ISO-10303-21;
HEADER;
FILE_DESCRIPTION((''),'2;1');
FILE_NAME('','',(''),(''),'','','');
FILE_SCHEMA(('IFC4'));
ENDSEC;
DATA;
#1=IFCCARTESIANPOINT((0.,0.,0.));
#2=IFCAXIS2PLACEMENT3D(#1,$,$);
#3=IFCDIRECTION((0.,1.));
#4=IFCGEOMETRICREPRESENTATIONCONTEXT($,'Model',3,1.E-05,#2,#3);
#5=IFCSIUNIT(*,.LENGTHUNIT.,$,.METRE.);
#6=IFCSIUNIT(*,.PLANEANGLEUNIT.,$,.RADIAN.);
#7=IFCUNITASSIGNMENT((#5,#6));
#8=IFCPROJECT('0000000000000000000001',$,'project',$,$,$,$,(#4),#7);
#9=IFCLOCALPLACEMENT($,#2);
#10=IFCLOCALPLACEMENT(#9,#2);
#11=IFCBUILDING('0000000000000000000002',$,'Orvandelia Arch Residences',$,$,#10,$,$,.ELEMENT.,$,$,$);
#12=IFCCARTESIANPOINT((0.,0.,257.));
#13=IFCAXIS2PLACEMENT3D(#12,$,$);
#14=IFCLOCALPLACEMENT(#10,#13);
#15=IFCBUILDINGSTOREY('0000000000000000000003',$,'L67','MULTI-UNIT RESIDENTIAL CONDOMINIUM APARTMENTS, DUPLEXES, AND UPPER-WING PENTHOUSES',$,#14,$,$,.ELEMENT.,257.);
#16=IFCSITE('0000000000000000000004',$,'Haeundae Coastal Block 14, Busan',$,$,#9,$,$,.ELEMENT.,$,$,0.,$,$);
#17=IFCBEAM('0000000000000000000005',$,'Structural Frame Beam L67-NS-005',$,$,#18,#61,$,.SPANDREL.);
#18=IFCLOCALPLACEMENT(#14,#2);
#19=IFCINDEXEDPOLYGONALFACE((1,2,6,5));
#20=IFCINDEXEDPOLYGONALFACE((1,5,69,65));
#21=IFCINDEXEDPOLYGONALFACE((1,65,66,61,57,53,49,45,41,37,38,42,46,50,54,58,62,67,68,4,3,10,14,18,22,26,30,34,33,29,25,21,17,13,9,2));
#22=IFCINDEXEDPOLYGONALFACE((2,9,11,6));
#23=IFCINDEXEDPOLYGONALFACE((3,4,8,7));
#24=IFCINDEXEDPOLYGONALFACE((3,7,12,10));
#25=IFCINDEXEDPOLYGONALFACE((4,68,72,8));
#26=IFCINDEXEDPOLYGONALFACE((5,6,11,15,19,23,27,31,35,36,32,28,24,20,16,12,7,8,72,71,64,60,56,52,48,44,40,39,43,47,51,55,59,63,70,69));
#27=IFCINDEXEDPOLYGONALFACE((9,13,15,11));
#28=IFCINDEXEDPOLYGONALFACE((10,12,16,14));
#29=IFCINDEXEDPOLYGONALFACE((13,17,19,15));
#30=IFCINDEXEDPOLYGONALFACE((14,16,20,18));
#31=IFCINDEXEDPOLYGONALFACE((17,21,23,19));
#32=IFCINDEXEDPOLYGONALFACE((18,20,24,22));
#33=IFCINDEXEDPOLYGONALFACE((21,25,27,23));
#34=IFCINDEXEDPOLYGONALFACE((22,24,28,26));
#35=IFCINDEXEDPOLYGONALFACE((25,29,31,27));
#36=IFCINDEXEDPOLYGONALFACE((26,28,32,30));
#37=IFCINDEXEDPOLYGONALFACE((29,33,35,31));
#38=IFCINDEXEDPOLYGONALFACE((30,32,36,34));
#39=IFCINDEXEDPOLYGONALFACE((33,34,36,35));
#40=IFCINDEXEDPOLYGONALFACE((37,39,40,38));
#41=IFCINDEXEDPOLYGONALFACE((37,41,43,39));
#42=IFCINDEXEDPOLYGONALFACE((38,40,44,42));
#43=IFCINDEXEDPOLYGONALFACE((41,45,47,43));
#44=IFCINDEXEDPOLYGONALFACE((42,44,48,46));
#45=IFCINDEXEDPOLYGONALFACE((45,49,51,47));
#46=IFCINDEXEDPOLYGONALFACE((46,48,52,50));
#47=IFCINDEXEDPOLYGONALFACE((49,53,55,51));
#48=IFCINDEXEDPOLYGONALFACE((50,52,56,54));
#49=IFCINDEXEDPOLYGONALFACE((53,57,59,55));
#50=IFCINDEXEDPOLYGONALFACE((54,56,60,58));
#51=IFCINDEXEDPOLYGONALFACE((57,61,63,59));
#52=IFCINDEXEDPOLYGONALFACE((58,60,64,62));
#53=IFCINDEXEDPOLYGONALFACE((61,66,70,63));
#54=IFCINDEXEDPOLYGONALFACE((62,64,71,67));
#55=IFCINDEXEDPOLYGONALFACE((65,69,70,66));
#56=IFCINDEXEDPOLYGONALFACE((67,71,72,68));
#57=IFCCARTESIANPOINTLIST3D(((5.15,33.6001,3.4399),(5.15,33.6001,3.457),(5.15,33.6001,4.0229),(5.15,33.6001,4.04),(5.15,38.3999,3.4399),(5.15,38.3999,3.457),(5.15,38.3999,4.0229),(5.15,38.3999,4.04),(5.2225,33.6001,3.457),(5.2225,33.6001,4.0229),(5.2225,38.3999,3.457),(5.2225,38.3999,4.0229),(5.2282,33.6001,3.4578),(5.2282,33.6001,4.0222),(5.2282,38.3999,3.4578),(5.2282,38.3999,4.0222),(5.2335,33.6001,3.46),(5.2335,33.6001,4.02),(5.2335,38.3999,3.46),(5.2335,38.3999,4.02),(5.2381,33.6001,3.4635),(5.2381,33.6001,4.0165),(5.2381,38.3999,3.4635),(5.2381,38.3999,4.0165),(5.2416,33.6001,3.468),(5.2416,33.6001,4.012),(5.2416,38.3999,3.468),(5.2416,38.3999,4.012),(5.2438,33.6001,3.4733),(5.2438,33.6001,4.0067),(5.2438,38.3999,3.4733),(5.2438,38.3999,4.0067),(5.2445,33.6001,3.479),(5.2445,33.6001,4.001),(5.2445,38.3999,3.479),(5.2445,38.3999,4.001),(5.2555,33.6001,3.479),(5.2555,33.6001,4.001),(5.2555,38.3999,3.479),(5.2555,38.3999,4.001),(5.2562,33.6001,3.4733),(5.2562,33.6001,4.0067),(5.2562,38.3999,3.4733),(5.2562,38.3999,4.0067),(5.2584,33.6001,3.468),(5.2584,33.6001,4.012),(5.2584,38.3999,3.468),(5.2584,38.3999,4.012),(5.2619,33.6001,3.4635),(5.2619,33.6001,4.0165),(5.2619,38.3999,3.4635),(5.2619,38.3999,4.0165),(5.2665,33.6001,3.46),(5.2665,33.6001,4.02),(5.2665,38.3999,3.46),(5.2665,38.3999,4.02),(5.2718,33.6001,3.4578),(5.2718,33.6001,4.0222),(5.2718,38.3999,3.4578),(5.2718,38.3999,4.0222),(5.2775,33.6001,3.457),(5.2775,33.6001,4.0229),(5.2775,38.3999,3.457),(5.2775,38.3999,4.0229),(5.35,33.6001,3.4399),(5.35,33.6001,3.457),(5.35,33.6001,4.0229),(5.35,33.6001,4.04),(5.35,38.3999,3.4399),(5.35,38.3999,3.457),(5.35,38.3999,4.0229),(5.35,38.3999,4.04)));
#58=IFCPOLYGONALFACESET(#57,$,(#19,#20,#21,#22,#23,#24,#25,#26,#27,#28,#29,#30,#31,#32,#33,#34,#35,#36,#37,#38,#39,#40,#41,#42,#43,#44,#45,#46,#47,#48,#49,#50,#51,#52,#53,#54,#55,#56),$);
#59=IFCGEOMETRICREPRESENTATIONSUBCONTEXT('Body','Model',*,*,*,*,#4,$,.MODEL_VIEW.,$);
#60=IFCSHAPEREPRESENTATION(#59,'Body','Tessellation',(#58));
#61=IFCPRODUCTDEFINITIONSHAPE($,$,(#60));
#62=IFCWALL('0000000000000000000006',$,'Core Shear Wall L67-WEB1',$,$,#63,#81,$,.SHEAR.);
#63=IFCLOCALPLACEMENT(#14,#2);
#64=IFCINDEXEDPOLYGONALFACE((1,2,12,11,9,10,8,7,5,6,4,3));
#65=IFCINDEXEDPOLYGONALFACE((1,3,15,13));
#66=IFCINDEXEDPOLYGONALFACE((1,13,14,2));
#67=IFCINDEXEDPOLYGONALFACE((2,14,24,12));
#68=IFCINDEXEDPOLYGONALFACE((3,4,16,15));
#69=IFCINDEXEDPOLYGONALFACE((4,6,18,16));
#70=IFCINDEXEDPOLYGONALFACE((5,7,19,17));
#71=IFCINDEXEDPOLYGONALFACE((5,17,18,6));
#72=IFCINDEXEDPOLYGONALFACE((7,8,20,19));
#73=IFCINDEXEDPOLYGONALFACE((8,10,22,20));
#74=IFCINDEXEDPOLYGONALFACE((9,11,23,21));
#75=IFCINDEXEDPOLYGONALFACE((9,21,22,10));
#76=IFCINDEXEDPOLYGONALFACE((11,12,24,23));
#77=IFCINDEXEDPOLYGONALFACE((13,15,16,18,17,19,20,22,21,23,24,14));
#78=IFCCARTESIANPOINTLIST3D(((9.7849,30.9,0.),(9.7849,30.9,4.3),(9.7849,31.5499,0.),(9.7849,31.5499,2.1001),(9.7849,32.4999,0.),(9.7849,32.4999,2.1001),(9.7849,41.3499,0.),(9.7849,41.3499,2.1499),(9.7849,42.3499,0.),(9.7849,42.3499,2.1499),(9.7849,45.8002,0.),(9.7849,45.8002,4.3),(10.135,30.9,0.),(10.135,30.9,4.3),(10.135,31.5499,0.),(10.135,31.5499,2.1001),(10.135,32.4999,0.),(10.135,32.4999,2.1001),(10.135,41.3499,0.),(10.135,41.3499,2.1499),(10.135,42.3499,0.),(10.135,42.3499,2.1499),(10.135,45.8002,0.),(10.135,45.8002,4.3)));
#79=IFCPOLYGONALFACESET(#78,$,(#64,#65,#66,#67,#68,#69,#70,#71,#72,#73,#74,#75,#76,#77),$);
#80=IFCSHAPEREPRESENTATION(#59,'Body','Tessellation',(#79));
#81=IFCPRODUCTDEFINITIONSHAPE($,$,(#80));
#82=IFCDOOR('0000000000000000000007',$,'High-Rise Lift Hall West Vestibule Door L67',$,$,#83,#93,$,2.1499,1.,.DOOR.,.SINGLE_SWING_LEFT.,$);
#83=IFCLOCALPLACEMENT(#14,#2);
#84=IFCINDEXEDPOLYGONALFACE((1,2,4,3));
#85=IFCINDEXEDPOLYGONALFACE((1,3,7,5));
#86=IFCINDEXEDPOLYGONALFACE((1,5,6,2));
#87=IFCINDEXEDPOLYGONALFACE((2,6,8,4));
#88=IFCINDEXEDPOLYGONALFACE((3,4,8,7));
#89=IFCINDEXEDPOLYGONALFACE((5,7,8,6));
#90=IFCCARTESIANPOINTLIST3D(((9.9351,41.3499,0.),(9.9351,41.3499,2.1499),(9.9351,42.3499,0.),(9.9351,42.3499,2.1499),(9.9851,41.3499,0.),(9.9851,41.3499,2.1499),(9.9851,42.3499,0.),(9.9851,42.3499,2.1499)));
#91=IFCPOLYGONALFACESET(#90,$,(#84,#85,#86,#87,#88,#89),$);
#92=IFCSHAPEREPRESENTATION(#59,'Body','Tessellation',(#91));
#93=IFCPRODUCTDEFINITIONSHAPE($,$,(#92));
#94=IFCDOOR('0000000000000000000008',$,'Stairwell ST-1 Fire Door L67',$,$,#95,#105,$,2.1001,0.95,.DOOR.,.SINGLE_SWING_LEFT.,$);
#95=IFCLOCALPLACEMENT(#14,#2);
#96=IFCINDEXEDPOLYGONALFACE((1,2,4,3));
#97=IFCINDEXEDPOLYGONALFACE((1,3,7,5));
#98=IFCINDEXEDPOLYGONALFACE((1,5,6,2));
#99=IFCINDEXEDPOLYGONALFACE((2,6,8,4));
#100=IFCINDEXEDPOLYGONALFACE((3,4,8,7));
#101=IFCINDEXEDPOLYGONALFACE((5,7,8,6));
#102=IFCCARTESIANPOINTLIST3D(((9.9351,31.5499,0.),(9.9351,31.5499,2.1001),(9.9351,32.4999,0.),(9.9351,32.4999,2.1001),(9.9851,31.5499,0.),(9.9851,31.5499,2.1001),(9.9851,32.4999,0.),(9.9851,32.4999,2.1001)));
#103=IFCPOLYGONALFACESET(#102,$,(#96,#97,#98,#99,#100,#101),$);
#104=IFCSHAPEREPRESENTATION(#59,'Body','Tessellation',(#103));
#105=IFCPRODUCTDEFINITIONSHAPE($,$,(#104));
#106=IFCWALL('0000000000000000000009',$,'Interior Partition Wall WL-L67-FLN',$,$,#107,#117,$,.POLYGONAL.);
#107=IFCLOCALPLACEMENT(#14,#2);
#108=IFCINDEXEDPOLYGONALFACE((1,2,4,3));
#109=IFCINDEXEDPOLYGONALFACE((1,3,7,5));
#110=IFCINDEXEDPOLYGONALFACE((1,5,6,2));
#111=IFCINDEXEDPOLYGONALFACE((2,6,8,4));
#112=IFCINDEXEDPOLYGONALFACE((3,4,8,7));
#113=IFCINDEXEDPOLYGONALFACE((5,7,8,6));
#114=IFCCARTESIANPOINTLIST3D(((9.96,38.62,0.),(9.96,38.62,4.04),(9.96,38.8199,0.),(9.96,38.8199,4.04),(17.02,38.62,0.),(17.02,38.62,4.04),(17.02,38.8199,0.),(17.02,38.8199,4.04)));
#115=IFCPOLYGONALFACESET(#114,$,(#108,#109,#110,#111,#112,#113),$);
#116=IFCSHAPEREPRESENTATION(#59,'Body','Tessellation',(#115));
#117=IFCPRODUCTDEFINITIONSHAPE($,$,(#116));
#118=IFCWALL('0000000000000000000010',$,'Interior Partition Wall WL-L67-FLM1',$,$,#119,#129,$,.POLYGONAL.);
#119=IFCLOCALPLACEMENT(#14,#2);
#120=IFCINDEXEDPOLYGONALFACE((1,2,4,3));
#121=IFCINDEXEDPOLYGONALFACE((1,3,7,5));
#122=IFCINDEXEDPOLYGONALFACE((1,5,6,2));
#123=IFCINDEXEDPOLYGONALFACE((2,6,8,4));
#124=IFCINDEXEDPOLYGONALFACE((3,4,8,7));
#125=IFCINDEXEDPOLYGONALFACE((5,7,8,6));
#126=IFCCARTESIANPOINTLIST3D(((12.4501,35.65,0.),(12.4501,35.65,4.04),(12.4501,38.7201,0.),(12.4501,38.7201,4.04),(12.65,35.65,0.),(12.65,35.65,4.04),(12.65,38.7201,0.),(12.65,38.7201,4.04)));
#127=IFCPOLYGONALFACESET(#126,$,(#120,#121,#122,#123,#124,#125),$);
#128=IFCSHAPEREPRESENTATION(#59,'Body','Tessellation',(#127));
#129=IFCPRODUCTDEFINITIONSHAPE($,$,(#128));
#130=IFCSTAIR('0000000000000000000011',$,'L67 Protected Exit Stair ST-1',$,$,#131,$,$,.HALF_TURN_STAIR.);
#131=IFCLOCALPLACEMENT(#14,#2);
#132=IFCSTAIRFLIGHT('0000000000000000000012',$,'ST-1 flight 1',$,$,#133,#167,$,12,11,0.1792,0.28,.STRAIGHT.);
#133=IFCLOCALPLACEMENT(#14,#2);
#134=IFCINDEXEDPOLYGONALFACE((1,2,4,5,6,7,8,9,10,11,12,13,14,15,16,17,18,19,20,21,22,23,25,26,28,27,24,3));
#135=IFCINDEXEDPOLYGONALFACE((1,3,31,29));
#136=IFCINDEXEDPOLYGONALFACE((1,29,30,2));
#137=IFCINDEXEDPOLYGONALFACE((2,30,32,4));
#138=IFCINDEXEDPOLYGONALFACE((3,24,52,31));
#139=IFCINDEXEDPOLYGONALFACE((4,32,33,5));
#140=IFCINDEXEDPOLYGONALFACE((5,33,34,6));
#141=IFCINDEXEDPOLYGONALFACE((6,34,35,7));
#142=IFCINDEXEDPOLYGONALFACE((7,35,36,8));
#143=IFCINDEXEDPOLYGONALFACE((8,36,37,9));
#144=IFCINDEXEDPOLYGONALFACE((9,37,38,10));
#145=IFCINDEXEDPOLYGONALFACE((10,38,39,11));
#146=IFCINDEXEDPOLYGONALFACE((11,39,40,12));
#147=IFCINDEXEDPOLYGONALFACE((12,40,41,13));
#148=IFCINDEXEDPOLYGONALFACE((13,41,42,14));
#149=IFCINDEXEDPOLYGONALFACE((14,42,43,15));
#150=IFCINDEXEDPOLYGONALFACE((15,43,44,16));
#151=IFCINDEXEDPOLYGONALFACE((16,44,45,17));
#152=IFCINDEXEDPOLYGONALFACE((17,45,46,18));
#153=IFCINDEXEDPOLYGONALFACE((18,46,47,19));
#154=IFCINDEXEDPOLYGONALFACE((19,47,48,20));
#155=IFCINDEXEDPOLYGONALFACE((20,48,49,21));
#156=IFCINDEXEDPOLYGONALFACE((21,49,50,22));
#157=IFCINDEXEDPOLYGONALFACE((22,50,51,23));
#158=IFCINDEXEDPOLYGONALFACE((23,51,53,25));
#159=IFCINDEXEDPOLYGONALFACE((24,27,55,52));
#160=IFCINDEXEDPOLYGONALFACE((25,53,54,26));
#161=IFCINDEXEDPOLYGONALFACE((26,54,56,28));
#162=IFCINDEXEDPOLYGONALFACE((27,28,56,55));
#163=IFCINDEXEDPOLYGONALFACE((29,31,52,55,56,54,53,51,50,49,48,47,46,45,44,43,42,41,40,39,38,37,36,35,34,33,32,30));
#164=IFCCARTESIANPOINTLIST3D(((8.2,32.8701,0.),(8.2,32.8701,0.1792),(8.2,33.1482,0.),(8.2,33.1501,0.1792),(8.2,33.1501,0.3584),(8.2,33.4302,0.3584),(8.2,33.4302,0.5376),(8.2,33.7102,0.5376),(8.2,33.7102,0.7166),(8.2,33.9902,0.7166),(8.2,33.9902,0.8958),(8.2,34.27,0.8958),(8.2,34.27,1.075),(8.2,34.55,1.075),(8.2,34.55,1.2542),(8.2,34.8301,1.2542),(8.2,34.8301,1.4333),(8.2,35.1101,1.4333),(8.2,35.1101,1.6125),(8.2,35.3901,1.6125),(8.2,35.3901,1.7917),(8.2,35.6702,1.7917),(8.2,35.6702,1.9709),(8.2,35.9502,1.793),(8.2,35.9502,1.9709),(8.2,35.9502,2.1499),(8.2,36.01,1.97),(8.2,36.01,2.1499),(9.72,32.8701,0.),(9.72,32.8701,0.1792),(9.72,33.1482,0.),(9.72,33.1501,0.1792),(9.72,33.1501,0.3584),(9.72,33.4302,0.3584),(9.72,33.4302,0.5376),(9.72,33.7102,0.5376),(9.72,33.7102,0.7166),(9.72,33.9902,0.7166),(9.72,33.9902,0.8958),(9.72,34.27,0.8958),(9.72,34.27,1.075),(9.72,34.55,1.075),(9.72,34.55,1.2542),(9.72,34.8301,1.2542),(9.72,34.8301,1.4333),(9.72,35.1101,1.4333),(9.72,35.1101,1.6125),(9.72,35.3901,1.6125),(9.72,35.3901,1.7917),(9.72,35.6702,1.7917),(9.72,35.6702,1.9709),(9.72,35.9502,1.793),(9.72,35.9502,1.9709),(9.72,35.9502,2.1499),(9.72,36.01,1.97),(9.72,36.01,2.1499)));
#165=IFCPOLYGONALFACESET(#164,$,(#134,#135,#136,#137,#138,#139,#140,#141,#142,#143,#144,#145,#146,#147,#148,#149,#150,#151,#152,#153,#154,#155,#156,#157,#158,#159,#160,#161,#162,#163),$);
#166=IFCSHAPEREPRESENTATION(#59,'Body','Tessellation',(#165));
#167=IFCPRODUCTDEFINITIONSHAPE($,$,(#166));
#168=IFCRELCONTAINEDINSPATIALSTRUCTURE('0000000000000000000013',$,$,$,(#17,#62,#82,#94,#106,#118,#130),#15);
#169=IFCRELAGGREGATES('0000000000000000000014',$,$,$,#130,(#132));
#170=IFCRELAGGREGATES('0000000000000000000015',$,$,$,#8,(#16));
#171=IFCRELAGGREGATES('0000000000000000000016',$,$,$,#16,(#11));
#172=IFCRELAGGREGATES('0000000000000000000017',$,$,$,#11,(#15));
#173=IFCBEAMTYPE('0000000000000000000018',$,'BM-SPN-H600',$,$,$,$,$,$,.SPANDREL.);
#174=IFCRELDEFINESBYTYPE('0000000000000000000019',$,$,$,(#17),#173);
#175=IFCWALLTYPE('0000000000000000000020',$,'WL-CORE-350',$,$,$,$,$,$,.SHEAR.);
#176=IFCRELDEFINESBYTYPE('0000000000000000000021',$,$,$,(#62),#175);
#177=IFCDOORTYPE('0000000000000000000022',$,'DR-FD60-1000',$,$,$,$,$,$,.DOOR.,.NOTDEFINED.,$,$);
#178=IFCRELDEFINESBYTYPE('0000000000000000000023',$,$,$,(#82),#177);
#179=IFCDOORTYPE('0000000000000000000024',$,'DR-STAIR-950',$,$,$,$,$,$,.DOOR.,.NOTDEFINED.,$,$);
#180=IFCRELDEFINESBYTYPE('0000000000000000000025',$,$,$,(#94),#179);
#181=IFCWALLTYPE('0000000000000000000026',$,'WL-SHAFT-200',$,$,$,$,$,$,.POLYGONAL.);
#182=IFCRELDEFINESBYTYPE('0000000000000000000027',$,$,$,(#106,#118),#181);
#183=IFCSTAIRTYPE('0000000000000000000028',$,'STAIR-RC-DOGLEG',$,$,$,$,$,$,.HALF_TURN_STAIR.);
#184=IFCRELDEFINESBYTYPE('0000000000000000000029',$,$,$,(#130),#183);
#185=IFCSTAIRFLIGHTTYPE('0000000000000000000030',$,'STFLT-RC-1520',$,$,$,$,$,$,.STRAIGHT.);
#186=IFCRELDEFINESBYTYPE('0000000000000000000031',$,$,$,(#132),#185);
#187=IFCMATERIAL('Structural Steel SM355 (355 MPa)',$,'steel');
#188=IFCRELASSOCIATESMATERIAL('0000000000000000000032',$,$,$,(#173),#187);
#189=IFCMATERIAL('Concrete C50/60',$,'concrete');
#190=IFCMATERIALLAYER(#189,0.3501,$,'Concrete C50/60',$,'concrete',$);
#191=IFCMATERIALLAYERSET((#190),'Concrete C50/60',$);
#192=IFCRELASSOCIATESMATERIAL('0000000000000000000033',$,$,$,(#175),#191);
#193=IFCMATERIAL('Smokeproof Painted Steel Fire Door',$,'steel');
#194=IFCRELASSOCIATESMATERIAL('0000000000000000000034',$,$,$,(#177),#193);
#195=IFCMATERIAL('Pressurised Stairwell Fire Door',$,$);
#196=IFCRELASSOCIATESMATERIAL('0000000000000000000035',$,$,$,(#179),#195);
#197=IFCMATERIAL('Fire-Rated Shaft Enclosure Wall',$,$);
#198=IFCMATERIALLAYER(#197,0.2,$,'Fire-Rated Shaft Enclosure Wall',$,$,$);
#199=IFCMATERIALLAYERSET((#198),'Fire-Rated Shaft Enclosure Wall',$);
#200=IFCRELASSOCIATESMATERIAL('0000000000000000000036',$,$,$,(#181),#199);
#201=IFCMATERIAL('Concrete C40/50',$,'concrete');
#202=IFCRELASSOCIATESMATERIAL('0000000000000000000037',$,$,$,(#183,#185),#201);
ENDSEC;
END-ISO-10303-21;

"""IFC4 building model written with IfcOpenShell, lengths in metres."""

from ifc_helpers import new_model, si_unit, direction, frame, frame_2d, origin, origin_2d, place, context, subcontext, project, spatial, polyline, rectangle, i_section, outline, extrude, material, layer, layer_set, material_profile, profile_set, type_object, element, fill, aggregate, save


model = new_model("IFC4")

# Units and contexts
model_context = context("Model", 3, precision=1e-05, world=origin(), true_north=direction((0.0, 1.0)))
body_context = subcontext(model_context, "Body", "Model", "MODEL_VIEW")
ifc_project = project(units=[si_unit("LENGTHUNIT", "METRE"), si_unit("PLANEANGLEUNIT", "RADIAN")], contexts=[model_context])

# Site, building, storey
site_placement = place(None, origin())
site = spatial("IfcSite", under=ifc_project, at=site_placement, Name="Haeundae Coastal Block 14, Busan", CompositionType="ELEMENT", RefElevation=0.0)
building_placement = place(site_placement, origin())
building = spatial("IfcBuilding", under=site, at=building_placement, Name="Orvandelia Arch Residences", CompositionType="ELEMENT")
storey_placement = place(building_placement, frame((0.0, 0.0, 257.0)))
storey = spatial("IfcBuildingStorey", under=building, at=storey_placement, Name="L67", Description="MULTI-UNIT RESIDENTIAL CONDOMINIUM APARTMENTS, DUPLEXES, AND UPPER-WING PENTHOUSES", CompositionType="ELEMENT", Elevation=257.0)

# Shared definitions
ifc_material_1 = material(Name="Concrete C50/60", Category="concrete")

# Beam
ifc_material_2 = material(Name="Structural Steel SM355 (355 MPa)", Category="steel")
ifc_material_profile_1 = material_profile(ifc_material_2, i_section(OverallWidth=0.2, OverallDepth=0.6001, WebThickness=0.011, FlangeThickness=0.0171, FilletRadius=0.022, at=origin_2d()), Name="Structural Steel SM355 (355 MPa)", Category="steel")
ifc_profile_set_1 = profile_set([ifc_material_profile_1], Name="Structural Steel SM355 (355 MPa)")
beam_type_1 = type_object("IfcBeamType", Name="BM-SPN-H600", PredefinedType="SPANDREL", material=ifc_profile_set_1)
beam_1_placement = place(storey_placement, frame((5.25, 33.6001, 3.74), z_axis=(0.0, 1.0, 0.0), x_axis=(-1.0, 0.0, 0.0)))
element("IfcBeam", 1, at=beam_1_placement, inside=storey, type_object=beam_type_1, Name="Structural Frame Beam L67-NS-005", PredefinedType="SPANDREL", context=body_context, shape_type="SweptSolid", body=[
    extrude(i_section(OverallWidth=0.2, OverallDepth=0.6001, WebThickness=0.011, FlangeThickness=0.0171, FilletRadius=0.022, at=origin_2d()), origin(), (0.0, 0.0, 1.0), 4.7998),
])

# Wall, openings, doors
ifc_layer_1 = layer(ifc_material_1, 0.3501, Name="Concrete C50/60", Category="concrete")
ifc_layer_set_1 = layer_set([ifc_layer_1], Name="Concrete C50/60")
wall_type_1 = type_object("IfcWallType", Name="WL-CORE-350", PredefinedType="SHEAR", material=ifc_layer_set_1)
wall_1_placement = place(storey_placement, frame((9.96, 30.8999, 0.0), z_axis=(0.0, 0.0, 1.0), x_axis=(0.0, 1.0, 0.0)))
wall_1 = element("IfcWall", 2, at=wall_1_placement, inside=storey, type_object=wall_type_1, Name="Core Shear Wall L67-WEB1", PredefinedType="SHEAR", context=body_context, shape_type="SweptSolid", body=[
    extrude(rectangle(XDim=14.9001, YDim=0.3501, at=frame_2d((7.4502, 0.0))), origin(), (0.0, 0.0, 1.0), 4.3),
])
opening_1_placement = place(wall_1_placement, frame((0.6499, 0.0, 0.0)))
opening_1 = element("IfcOpeningElement", 3, at=opening_1_placement, cuts=wall_1, PredefinedType="OPENING", context=body_context, shape_type="SweptSolid", body=[
    extrude(rectangle(XDim=0.95, YDim=2.1001, at=frame_2d((0.4751, 1.05))), frame((0.0, 0.1851, 0.0), z_axis=(0.0, -1.0, 0.0), x_axis=(1.0, 0.0, 0.0)), (0.0, 0.0, 1.0), 0.3701),
])
opening_2_placement = place(wall_1_placement, frame((10.45, 0.0, 0.0)))
opening_2 = element("IfcOpeningElement", 4, at=opening_2_placement, cuts=wall_1, PredefinedType="OPENING", context=body_context, shape_type="SweptSolid", body=[
    extrude(rectangle(XDim=1.0, YDim=2.1499, at=frame_2d((0.5, 1.075))), frame((0.0, 0.1851, 0.0), z_axis=(0.0, -1.0, 0.0), x_axis=(1.0, 0.0, 0.0)), (0.0, 0.0, 1.0), 0.3701),
])
ifc_material_3 = material(Name="Smokeproof Painted Steel Fire Door", Category="steel")
door_type_1 = type_object("IfcDoorType", Name="DR-FD60-1000", OperationType="NOTDEFINED", PredefinedType="DOOR", material=ifc_material_3)
door_1_placement = place(opening_2_placement, origin())
door_1 = element("IfcDoor", 5, at=door_1_placement, inside=storey, type_object=door_type_1, Name="High-Rise Lift Hall West Vestibule Door L67", OperationType="SINGLE_SWING_LEFT", OverallHeight=2.1499, OverallWidth=1.0, PredefinedType="DOOR", context=body_context, shape_type="SweptSolid", body=[
    extrude(rectangle(XDim=1.0, YDim=2.1499, at=frame_2d((0.5, 1.075))), frame((0.0, 0.0249, 0.0), z_axis=(0.0, -1.0, 0.0), x_axis=(1.0, 0.0, 0.0)), (0.0, 0.0, 1.0), 0.05),
])
fill(opening_2, door_1)
ifc_material_4 = material(Name="Pressurised Stairwell Fire Door")
door_type_2 = type_object("IfcDoorType", Name="DR-STAIR-950", OperationType="NOTDEFINED", PredefinedType="DOOR", material=ifc_material_4)
door_2_placement = place(opening_1_placement, origin())
door_2 = element("IfcDoor", 6, at=door_2_placement, inside=storey, type_object=door_type_2, Name="Stairwell ST-1 Fire Door L67", OperationType="SINGLE_SWING_LEFT", OverallHeight=2.1001, OverallWidth=0.95, PredefinedType="DOOR", context=body_context, shape_type="SweptSolid", body=[
    extrude(rectangle(XDim=0.95, YDim=2.1001, at=frame_2d((0.4751, 1.05))), frame((0.0, 0.0249, 0.0), z_axis=(0.0, -1.0, 0.0), x_axis=(1.0, 0.0, 0.0)), (0.0, 0.0, 1.0), 0.05),
])
fill(opening_1, door_2)

# Walls
ifc_material_5 = material(Name="Fire-Rated Shaft Enclosure Wall")
ifc_layer_2 = layer(ifc_material_5, 0.2, Name="Fire-Rated Shaft Enclosure Wall")
ifc_layer_set_2 = layer_set([ifc_layer_2], Name="Fire-Rated Shaft Enclosure Wall")
wall_type_2 = type_object("IfcWallType", Name="WL-SHAFT-200", PredefinedType="POLYGONAL", material=ifc_layer_set_2)
wall_2_placement = place(storey_placement, frame((9.96, 38.72, 0.0), z_axis=(0.0, 0.0, 1.0), x_axis=(1.0, 0.0, 0.0)))
element("IfcWall", 7, at=wall_2_placement, inside=storey, type_object=wall_type_2, Name="Interior Partition Wall WL-L67-FLN", PredefinedType="POLYGONAL", context=body_context, shape_type="SweptSolid", body=[
    extrude(rectangle(XDim=7.0601, YDim=0.2, at=frame_2d((3.53, 0.0))), origin(), (0.0, 0.0, 1.0), 4.04),
])
wall_3_placement = place(storey_placement, frame((12.55, 35.6499, 0.0), z_axis=(0.0, 0.0, 1.0), x_axis=(0.0, 1.0, 0.0)))
element("IfcWall", 8, at=wall_3_placement, inside=storey, type_object=wall_type_2, Name="Interior Partition Wall WL-L67-FLM1", PredefinedType="POLYGONAL", context=body_context, shape_type="SweptSolid", body=[
    extrude(rectangle(XDim=3.0701, YDim=0.2, at=frame_2d((1.5352, 0.0))), origin(), (0.0, 0.0, 1.0), 4.04),
])

# Stair, stair flight
ifc_material_6 = material(Name="Concrete C40/50", Category="concrete")
stair_type = type_object("IfcStairType", Name="STAIR-RC-DOGLEG", PredefinedType="HALF_TURN_STAIR", material=ifc_material_6)
stair_placement = place(storey_placement, origin())
stair = element("IfcStair", 9, at=stair_placement, inside=storey, type_object=stair_type, Name="L67 Protected Exit Stair ST-1", PredefinedType="HALF_TURN_STAIR")
stair_flight_type = type_object("IfcStairFlightType", Name="STFLT-RC-1520", PredefinedType="STRAIGHT", material=ifc_material_6)
stair_flight_1_placement = place(storey_placement, frame((8.96, 32.8701, 0.0), z_axis=(0.0, 0.0, 1.0), x_axis=(0.0, 1.0, 0.0)))
stair_flight_1 = element("IfcStairFlight", 10, at=stair_flight_1_placement, type_object=stair_flight_type, Name="ST-1 flight 1", NumberOfRisers=12, NumberOfTreads=11, PredefinedType="STRAIGHT", RiserHeight=0.1792, TreadLength=0.28, context=body_context, shape_type="SweptSolid", body=[
    extrude(outline(polyline([(0.0, 0.0), (0.0, 0.1792), (0.28, 0.1792), (0.28, 0.3584), (0.5601, 0.3584), (0.5601, 0.5376), (0.8401, 0.5376), (0.8401, 0.7166), (1.1201, 0.7166), (1.1201, 0.8958), (1.3999, 0.8958), (1.3999, 1.075), (1.6799, 1.075), (1.6799, 1.2542), (1.96, 1.2542), (1.96, 1.4333), (2.24, 1.4333), (2.24, 1.6125), (2.52, 1.6125), (2.52, 1.7917), (2.8, 1.7917), (2.8, 1.9709), (3.0801, 1.9709), (3.0801, 2.1499), (3.1399, 2.1499), (3.1399, 1.97), (3.0801, 1.793), (0.2781, 0.0), (0.0, 0.0)])), frame((0.0, 0.76, 0.0), z_axis=(0.0, -1.0, 0.0), x_axis=(1.0, 0.0, 0.0)), (0.0, 0.0, 1.0), 1.52),
])
aggregate(stair, [stair_flight_1])

save(model, "model.ifc")
